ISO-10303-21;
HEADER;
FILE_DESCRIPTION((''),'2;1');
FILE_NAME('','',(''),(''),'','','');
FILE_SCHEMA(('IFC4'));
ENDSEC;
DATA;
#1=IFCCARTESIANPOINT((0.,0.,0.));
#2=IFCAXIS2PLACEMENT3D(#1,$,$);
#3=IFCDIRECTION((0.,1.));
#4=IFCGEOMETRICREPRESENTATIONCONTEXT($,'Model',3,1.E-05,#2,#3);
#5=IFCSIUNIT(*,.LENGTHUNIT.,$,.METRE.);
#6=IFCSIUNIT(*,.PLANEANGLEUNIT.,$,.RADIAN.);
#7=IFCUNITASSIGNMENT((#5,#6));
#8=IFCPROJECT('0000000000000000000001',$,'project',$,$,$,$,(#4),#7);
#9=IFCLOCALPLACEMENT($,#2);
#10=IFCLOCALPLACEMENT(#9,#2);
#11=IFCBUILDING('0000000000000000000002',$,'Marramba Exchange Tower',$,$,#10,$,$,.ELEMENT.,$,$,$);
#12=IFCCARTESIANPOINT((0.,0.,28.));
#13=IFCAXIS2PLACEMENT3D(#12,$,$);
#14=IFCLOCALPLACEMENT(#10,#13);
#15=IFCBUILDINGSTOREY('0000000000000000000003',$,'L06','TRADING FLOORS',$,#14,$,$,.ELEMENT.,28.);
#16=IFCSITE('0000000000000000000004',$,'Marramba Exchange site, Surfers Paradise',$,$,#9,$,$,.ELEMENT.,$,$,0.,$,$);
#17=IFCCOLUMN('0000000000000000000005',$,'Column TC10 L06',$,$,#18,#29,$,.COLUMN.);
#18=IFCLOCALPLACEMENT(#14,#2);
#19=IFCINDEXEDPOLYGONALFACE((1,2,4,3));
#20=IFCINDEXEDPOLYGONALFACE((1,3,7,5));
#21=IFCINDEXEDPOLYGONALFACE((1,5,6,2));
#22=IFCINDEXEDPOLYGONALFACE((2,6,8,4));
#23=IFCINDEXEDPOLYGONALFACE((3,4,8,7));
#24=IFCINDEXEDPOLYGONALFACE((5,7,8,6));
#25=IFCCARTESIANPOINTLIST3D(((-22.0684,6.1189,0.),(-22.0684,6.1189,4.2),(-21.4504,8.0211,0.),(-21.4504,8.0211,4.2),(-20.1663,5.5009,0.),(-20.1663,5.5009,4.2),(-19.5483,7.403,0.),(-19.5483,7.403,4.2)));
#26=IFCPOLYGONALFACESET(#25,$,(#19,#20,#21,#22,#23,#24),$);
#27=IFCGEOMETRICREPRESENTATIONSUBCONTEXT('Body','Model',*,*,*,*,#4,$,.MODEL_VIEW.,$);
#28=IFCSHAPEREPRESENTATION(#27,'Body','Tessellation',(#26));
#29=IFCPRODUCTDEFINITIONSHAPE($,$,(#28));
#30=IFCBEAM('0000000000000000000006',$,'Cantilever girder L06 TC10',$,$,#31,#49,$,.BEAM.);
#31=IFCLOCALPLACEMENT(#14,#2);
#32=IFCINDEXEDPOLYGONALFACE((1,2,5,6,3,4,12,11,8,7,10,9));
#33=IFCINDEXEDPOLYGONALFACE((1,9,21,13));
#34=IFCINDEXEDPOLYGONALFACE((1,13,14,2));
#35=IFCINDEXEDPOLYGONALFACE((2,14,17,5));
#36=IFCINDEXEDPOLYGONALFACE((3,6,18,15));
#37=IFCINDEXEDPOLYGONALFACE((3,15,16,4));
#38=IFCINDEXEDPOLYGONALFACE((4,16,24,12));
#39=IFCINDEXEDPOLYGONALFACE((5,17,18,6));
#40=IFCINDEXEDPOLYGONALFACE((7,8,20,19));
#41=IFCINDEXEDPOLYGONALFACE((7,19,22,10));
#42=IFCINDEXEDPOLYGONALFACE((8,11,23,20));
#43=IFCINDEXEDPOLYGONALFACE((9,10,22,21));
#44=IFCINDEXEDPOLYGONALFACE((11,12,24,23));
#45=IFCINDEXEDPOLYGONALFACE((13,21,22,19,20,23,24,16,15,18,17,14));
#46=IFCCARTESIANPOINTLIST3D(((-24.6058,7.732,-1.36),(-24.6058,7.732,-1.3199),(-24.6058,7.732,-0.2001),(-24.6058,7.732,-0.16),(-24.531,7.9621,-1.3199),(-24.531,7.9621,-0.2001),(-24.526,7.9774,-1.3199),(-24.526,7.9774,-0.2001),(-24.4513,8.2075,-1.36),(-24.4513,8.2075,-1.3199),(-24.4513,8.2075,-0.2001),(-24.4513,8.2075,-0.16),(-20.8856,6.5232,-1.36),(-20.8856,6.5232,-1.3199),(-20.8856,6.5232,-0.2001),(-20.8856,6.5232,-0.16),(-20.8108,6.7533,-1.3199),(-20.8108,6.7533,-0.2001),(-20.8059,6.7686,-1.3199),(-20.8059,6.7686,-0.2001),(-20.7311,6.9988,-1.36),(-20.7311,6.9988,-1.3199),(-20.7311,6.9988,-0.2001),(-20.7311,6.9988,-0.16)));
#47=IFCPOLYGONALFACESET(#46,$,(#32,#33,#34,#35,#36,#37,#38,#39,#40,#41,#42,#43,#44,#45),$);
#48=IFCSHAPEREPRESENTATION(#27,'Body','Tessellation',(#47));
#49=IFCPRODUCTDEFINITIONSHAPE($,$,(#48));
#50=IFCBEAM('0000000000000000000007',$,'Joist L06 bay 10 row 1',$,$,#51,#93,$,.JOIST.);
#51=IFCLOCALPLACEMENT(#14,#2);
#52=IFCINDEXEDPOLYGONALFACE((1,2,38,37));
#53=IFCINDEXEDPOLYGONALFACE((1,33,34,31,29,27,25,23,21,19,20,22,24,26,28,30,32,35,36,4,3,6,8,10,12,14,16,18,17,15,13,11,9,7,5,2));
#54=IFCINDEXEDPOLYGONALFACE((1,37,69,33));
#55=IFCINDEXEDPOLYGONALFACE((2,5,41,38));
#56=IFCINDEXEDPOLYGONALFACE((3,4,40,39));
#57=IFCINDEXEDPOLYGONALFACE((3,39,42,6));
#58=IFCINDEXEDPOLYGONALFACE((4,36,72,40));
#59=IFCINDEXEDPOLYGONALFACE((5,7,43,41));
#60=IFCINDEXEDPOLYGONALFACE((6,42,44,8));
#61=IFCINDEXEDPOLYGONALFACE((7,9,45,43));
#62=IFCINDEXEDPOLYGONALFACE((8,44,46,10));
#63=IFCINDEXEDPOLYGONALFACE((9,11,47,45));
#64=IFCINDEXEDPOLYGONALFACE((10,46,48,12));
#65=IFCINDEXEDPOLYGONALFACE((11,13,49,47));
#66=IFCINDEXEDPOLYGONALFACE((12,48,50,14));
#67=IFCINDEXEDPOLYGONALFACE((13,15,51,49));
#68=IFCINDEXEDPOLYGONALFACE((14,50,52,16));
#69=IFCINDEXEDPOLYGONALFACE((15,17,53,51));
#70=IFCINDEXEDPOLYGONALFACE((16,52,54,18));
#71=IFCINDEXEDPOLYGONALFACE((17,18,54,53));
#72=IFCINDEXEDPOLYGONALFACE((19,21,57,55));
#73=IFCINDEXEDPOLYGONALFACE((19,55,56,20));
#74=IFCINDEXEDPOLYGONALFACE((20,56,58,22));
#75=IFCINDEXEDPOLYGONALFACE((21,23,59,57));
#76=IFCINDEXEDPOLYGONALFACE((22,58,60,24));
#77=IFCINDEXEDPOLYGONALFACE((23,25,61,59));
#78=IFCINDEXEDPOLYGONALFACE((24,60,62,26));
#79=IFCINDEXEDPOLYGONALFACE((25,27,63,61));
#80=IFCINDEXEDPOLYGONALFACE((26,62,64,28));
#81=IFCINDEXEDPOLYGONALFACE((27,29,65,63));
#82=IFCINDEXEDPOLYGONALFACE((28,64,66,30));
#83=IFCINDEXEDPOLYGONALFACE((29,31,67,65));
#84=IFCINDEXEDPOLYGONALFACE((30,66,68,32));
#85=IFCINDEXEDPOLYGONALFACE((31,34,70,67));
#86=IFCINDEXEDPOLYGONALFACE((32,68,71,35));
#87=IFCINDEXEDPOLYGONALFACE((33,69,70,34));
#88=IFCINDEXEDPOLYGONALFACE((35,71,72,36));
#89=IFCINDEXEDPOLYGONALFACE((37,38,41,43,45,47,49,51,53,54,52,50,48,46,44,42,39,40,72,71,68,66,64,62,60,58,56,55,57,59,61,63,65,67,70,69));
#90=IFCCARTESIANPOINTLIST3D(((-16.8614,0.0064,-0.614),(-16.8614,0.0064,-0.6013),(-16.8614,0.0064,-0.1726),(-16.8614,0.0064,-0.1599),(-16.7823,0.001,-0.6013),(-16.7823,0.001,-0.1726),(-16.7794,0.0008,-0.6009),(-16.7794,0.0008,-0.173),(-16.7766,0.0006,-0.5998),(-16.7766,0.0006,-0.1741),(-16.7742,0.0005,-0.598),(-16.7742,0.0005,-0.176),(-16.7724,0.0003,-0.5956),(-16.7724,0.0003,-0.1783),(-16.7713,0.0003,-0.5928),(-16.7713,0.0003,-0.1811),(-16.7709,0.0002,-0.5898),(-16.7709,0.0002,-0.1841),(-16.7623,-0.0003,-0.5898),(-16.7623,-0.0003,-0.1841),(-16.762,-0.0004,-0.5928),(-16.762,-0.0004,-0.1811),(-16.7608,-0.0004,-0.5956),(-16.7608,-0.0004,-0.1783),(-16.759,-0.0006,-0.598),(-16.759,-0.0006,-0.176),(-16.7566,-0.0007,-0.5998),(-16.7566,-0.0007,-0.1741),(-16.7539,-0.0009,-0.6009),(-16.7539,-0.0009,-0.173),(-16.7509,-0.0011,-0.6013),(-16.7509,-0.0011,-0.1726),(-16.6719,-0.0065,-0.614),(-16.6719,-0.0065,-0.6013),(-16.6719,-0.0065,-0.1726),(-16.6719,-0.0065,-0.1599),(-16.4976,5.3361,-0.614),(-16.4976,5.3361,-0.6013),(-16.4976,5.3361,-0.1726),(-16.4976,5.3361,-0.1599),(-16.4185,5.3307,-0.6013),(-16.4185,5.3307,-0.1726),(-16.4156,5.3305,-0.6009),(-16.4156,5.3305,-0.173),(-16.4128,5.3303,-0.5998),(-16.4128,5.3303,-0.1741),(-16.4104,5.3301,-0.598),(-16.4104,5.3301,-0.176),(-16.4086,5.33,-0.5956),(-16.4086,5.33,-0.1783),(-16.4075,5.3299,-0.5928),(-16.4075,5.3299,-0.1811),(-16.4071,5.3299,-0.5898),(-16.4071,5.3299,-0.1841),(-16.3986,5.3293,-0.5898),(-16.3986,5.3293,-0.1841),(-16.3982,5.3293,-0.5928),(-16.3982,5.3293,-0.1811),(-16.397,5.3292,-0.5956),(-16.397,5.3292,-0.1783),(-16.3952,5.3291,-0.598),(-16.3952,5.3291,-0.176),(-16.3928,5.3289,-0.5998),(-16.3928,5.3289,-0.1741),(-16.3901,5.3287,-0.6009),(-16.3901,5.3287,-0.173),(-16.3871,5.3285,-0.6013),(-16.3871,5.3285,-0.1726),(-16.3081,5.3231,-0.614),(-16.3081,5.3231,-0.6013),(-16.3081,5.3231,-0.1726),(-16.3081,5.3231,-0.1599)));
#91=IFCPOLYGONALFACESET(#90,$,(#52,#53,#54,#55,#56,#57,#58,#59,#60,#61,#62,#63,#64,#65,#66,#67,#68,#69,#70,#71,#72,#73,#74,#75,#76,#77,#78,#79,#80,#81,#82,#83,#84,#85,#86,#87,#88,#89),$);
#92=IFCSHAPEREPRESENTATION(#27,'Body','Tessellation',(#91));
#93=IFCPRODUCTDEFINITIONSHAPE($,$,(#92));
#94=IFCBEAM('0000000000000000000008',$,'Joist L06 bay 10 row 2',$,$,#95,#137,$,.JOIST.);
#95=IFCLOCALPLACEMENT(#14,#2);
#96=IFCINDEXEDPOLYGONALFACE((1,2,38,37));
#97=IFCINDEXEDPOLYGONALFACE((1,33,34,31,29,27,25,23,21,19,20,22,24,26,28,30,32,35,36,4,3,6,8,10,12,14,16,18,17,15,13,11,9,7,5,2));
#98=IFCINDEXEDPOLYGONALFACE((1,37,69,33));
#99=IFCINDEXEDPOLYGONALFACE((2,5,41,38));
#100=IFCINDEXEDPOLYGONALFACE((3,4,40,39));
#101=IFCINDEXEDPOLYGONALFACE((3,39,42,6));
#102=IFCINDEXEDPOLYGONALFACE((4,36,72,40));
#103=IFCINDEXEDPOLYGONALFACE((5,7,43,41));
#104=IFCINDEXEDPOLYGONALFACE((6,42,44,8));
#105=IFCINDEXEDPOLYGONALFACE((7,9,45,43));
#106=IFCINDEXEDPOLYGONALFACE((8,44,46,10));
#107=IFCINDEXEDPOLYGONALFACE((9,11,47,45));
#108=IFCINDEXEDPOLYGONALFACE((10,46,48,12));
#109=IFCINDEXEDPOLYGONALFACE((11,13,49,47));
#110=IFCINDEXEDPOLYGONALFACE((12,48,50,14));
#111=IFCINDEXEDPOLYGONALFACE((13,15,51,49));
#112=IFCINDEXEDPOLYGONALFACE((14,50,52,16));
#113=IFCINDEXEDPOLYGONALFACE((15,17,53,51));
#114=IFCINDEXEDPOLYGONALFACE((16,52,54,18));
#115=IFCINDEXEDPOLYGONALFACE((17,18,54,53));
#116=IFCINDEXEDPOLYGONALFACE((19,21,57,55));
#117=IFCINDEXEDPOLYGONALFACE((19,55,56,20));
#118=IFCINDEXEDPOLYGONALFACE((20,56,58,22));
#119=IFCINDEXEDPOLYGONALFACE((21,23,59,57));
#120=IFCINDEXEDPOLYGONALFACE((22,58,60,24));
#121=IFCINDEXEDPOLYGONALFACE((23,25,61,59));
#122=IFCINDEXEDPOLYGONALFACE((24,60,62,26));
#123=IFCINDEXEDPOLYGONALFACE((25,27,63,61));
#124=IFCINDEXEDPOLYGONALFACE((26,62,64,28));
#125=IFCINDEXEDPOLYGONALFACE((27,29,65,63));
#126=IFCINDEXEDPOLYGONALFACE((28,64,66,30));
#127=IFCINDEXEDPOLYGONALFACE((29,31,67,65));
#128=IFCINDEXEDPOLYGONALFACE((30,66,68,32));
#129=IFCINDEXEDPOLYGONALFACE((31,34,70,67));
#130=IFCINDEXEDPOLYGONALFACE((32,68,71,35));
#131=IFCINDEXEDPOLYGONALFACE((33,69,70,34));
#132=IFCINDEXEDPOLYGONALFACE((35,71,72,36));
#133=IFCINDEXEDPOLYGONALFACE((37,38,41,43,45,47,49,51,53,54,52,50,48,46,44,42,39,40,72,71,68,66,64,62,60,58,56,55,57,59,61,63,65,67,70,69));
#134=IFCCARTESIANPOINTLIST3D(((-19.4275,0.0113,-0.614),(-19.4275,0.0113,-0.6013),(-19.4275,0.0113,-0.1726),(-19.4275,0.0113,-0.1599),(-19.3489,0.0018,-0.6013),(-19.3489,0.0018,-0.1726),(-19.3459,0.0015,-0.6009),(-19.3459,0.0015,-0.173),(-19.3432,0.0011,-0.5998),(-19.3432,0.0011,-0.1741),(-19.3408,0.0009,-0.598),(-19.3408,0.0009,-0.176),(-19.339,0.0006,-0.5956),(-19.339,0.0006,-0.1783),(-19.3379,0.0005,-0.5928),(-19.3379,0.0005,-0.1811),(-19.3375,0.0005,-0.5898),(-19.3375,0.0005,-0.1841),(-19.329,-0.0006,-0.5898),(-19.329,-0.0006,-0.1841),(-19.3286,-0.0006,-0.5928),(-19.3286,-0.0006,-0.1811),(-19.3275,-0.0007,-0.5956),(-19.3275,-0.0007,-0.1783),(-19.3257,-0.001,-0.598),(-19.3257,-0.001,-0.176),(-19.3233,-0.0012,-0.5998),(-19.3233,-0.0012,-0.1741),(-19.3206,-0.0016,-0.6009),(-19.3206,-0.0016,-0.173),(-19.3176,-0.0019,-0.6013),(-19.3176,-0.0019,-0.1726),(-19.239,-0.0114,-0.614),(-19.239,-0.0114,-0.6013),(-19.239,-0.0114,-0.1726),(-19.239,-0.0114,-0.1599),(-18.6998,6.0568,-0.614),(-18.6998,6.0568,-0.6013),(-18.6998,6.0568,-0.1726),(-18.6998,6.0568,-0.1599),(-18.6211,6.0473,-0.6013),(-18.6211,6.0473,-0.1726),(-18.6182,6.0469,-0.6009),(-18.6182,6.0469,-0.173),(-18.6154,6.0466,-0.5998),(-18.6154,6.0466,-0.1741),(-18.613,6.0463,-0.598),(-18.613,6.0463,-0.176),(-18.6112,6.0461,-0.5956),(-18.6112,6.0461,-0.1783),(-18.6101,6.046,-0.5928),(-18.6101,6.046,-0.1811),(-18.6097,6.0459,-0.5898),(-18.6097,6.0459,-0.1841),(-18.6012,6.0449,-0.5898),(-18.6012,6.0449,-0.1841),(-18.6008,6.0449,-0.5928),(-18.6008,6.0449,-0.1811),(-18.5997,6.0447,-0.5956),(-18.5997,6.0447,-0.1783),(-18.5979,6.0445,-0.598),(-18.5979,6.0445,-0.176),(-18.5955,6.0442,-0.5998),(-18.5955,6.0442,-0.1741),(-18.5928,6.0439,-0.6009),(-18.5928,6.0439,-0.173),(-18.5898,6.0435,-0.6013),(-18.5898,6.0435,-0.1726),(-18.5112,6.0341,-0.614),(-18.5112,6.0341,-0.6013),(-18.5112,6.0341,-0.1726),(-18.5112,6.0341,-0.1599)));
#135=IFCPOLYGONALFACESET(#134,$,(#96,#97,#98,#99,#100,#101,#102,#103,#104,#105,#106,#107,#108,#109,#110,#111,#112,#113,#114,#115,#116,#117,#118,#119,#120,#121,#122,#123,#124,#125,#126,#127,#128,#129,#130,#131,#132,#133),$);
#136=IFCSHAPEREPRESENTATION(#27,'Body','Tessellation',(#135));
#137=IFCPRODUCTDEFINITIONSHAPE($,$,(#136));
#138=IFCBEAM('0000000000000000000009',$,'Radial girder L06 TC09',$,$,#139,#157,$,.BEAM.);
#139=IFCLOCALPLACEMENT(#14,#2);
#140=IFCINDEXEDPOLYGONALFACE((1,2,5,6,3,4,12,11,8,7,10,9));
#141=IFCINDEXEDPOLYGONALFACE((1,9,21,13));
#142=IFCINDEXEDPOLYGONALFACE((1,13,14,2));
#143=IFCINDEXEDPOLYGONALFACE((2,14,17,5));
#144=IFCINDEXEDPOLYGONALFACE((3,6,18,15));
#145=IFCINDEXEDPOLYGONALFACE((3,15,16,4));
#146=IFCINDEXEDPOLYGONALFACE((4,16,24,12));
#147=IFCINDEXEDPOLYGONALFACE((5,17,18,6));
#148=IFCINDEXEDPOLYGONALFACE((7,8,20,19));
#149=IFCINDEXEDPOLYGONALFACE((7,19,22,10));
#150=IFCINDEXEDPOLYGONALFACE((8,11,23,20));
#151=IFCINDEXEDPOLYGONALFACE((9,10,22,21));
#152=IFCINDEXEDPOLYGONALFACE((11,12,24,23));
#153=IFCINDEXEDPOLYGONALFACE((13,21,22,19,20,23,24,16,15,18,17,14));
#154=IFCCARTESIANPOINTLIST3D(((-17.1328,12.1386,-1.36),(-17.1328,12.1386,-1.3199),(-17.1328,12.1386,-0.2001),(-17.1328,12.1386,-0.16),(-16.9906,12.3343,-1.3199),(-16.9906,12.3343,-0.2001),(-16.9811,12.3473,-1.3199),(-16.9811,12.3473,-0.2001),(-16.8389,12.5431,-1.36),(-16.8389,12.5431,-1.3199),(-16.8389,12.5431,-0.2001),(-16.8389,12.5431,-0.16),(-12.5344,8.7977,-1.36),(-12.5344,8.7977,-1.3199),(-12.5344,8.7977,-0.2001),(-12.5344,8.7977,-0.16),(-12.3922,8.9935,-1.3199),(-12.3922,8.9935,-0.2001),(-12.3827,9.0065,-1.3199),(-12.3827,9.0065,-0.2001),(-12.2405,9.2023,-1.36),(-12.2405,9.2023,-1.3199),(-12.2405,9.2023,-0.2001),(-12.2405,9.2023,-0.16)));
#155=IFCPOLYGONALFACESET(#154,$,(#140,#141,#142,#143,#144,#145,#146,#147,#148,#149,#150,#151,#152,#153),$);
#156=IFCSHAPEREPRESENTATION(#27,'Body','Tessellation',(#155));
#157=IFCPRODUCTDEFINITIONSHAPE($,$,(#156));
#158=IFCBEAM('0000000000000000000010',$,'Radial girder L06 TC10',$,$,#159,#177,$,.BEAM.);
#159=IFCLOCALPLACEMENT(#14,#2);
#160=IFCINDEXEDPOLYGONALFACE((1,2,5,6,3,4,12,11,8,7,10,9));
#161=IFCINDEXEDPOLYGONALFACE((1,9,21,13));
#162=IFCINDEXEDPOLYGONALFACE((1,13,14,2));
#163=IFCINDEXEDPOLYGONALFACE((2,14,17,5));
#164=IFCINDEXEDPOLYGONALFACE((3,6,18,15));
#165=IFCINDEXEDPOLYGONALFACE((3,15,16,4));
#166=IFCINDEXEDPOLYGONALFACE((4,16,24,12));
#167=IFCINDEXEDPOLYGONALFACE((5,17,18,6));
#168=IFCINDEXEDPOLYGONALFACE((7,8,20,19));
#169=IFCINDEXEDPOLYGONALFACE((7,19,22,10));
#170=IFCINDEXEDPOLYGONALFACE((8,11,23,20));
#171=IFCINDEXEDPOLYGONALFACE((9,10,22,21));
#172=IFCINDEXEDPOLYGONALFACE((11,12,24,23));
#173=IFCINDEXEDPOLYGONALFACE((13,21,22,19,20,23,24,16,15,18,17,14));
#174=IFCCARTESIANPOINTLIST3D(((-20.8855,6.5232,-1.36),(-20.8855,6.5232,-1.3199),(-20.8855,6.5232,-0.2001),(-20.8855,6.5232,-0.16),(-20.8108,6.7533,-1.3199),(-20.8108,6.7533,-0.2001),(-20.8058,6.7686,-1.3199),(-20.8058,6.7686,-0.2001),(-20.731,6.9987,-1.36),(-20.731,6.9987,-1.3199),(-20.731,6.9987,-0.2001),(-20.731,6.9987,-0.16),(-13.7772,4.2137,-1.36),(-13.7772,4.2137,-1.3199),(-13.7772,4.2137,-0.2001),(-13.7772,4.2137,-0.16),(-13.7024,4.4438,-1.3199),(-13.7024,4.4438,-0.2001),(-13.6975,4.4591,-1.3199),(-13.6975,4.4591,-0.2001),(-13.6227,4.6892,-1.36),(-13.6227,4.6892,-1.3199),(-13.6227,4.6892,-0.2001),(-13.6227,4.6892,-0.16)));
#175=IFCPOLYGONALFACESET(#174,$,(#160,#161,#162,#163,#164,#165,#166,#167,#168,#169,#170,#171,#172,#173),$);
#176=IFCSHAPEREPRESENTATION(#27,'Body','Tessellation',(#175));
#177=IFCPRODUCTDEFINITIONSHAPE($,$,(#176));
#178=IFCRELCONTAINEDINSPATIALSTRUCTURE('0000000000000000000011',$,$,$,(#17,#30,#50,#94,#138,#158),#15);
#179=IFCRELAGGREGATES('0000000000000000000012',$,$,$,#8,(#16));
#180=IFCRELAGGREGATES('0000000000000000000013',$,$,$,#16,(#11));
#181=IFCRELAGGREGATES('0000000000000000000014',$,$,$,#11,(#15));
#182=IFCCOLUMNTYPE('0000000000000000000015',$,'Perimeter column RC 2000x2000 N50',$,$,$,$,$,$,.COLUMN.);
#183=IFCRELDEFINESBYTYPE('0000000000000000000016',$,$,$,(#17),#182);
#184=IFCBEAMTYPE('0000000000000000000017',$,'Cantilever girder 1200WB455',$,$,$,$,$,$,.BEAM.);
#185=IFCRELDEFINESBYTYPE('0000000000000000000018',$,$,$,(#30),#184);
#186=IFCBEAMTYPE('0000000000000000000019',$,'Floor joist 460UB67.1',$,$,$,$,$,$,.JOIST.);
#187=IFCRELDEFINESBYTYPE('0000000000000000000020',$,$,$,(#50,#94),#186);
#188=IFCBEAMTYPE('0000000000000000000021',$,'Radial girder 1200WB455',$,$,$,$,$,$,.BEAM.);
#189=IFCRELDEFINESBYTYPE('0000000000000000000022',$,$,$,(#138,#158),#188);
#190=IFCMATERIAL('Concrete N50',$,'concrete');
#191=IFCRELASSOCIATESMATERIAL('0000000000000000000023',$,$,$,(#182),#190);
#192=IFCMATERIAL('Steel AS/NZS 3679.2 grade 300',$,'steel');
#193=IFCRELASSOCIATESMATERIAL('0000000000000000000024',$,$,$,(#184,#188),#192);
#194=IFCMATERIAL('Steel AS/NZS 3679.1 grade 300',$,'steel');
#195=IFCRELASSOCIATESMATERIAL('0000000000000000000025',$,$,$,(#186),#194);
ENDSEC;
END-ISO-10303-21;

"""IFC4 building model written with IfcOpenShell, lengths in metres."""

from ifc_helpers import new_model, si_unit, direction, frame, origin, origin_2d, place, context, subcontext, project, spatial, rectangle, i_section, extrude, material, material_profile, profile_set, type_object, element, save


model = new_model("IFC4")

# Units and contexts
model_context = context("Model", 3, precision=1e-05, world=origin(), true_north=direction((0.0, 1.0)))
body_context = subcontext(model_context, "Body", "Model", "MODEL_VIEW")
ifc_project = project(units=[si_unit("LENGTHUNIT", "METRE"), si_unit("PLANEANGLEUNIT", "RADIAN")], contexts=[model_context])

# Site, building, storey
site_placement = place(None, origin())
site = spatial("IfcSite", under=ifc_project, at=site_placement, Name="Marramba Exchange site, Surfers Paradise", CompositionType="ELEMENT", RefElevation=0.0)
building_placement = place(site_placement, origin())
building = spatial("IfcBuilding", under=site, at=building_placement, Name="Marramba Exchange Tower", CompositionType="ELEMENT")
storey_placement = place(building_placement, frame((0.0, 0.0, 28.0)))
storey = spatial("IfcBuildingStorey", under=building, at=storey_placement, Name="L06", Description="TRADING FLOORS", CompositionType="ELEMENT", Elevation=28.0)

# Column
ifc_material_1 = material(Name="Concrete N50", Category="concrete")
ifc_material_profile_1 = material_profile(ifc_material_1, rectangle(XDim=2.0, YDim=2.0, at=origin_2d()), Name="RC 2000x2000")
ifc_profile_set_1 = profile_set([ifc_material_profile_1], Name="Concrete N50")
column_type = type_object("IfcColumnType", Name="Perimeter column RC 2000x2000 N50", PredefinedType="COLUMN", material=ifc_profile_set_1)
column_placement = place(storey_placement, frame((-20.8083, 6.761, 0.0), z_axis=(0.0, 0.0, 1.0), x_axis=(-0.951057, 0.309017, 0.0)))
element("IfcColumn", 1, at=column_placement, inside=storey, type_object=column_type, Name="Column TC10 L06", PredefinedType="COLUMN", context=body_context, shape_type="SweptSolid", body=[
    extrude(rectangle(XDim=2.0, YDim=2.0, at=origin_2d()), origin(), (0.0, 0.0, 1.0), 4.2),
])

# Beams
ifc_material_2 = material(Name="Steel AS/NZS 3679.2 grade 300", Category="steel")
ifc_material_profile_2 = material_profile(ifc_material_2, i_section(OverallWidth=0.5, OverallDepth=1.2, WebThickness=0.0161, FlangeThickness=0.04, at=origin_2d()), Name="1200WB455")
ifc_profile_set_2 = profile_set([ifc_material_profile_2], Name="Steel AS/NZS 3679.2 grade 300")
beam_type_1 = type_object("IfcBeamType", Name="Cantilever girder 1200WB455", PredefinedType="BEAM", material=ifc_profile_set_2)
beam_1_placement = place(storey_placement, frame((-20.8083, 6.761, -0.76), z_axis=(-0.951059, 0.30901, 0.0), x_axis=(-0.30901, -0.951059, 0.0)))
element("IfcBeam", 2, at=beam_1_placement, inside=storey, type_object=beam_type_1, Name="Cantilever girder L06 TC10", PredefinedType="BEAM", context=body_context, shape_type="SweptSolid", body=[
    extrude(i_section(OverallWidth=0.5, OverallDepth=1.2, WebThickness=0.0161, FlangeThickness=0.04, at=origin_2d()), origin(), (0.0, 0.0, 1.0), 3.9116),
])
ifc_material_3 = material(Name="Steel AS/NZS 3679.1 grade 300", Category="steel")
ifc_material_profile_3 = material_profile(ifc_material_3, i_section(OverallWidth=0.1899, OverallDepth=0.4541, WebThickness=0.0085, FlangeThickness=0.0127, FilletRadius=0.0115, at=origin_2d()), Name="460UB67.1")
ifc_profile_set_3 = profile_set([ifc_material_profile_3], Name="Steel AS/NZS 3679.1 grade 300")
beam_type_2 = type_object("IfcBeamType", Name="Floor joist 460UB67.1", PredefinedType="JOIST", material=ifc_profile_set_3)
beam_2_placement = place(storey_placement, frame((-16.4028, 5.3296, -0.387), z_axis=(-0.068096, -0.997679, 0.0), x_axis=(0.997679, -0.068096, 0.0)))
element("IfcBeam", 3, at=beam_2_placement, inside=storey, type_object=beam_type_2, Name="Joist L06 bay 10 row 1", PredefinedType="JOIST", context=body_context, shape_type="SweptSolid", body=[
    extrude(i_section(OverallWidth=0.1899, OverallDepth=0.4541, WebThickness=0.0085, FlangeThickness=0.0127, FilletRadius=0.0115, at=origin_2d()), origin(), (0.0, 0.0, 1.0), 5.342),
])
beam_3_placement = place(storey_placement, frame((-18.6055, 6.0454, -0.387), z_axis=(-0.119523, -0.992831, 0.0), x_axis=(0.992831, -0.119523, 0.0)))
element("IfcBeam", 4, at=beam_3_placement, inside=storey, type_object=beam_type_2, Name="Joist L06 bay 10 row 2", PredefinedType="JOIST", context=body_context, shape_type="SweptSolid", body=[
    extrude(i_section(OverallWidth=0.1899, OverallDepth=0.4541, WebThickness=0.0085, FlangeThickness=0.0127, FilletRadius=0.0115, at=origin_2d()), origin(), (0.0, 0.0, 1.0), 6.0891),
])
ifc_material_profile_4 = material_profile(ifc_material_2, i_section(OverallWidth=0.5, OverallDepth=1.2, WebThickness=0.0161, FlangeThickness=0.04, at=origin_2d()), Name="1200WB455")
ifc_profile_set_4 = profile_set([ifc_material_profile_4], Name="Steel AS/NZS 3679.2 grade 300")
beam_type_3 = type_object("IfcBeamType", Name="Radial girder 1200WB455", PredefinedType="BEAM", material=ifc_profile_set_4)
beam_4_placement = place(storey_placement, frame((-12.3875, 9.0, -0.76), z_axis=(-0.809026, 0.587773, 0.0), x_axis=(-0.587773, -0.809026, 0.0)))
element("IfcBeam", 5, at=beam_4_placement, inside=storey, type_object=beam_type_3, Name="Radial girder L06 TC09", PredefinedType="BEAM", context=body_context, shape_type="SweptSolid", body=[
    extrude(i_section(OverallWidth=0.5, OverallDepth=1.2, WebThickness=0.0161, FlangeThickness=0.04, at=origin_2d()), origin(), (0.0, 0.0, 1.0), 5.6838),
])
beam_5_placement = place(storey_placement, frame((-13.7, 4.4514, -0.76), z_axis=(-0.95106, 0.309006, 0.0), x_axis=(-0.309006, -0.95106, 0.0)))
element("IfcBeam", 6, at=beam_5_placement, inside=storey, type_object=beam_type_3, Name="Radial girder L06 TC10", PredefinedType="BEAM", context=body_context, shape_type="SweptSolid", body=[
    extrude(i_section(OverallWidth=0.5, OverallDepth=1.2, WebThickness=0.0161, FlangeThickness=0.04, at=origin_2d()), origin(), (0.0, 0.0, 1.0), 7.4741),
])

save(model, "model.ifc")
